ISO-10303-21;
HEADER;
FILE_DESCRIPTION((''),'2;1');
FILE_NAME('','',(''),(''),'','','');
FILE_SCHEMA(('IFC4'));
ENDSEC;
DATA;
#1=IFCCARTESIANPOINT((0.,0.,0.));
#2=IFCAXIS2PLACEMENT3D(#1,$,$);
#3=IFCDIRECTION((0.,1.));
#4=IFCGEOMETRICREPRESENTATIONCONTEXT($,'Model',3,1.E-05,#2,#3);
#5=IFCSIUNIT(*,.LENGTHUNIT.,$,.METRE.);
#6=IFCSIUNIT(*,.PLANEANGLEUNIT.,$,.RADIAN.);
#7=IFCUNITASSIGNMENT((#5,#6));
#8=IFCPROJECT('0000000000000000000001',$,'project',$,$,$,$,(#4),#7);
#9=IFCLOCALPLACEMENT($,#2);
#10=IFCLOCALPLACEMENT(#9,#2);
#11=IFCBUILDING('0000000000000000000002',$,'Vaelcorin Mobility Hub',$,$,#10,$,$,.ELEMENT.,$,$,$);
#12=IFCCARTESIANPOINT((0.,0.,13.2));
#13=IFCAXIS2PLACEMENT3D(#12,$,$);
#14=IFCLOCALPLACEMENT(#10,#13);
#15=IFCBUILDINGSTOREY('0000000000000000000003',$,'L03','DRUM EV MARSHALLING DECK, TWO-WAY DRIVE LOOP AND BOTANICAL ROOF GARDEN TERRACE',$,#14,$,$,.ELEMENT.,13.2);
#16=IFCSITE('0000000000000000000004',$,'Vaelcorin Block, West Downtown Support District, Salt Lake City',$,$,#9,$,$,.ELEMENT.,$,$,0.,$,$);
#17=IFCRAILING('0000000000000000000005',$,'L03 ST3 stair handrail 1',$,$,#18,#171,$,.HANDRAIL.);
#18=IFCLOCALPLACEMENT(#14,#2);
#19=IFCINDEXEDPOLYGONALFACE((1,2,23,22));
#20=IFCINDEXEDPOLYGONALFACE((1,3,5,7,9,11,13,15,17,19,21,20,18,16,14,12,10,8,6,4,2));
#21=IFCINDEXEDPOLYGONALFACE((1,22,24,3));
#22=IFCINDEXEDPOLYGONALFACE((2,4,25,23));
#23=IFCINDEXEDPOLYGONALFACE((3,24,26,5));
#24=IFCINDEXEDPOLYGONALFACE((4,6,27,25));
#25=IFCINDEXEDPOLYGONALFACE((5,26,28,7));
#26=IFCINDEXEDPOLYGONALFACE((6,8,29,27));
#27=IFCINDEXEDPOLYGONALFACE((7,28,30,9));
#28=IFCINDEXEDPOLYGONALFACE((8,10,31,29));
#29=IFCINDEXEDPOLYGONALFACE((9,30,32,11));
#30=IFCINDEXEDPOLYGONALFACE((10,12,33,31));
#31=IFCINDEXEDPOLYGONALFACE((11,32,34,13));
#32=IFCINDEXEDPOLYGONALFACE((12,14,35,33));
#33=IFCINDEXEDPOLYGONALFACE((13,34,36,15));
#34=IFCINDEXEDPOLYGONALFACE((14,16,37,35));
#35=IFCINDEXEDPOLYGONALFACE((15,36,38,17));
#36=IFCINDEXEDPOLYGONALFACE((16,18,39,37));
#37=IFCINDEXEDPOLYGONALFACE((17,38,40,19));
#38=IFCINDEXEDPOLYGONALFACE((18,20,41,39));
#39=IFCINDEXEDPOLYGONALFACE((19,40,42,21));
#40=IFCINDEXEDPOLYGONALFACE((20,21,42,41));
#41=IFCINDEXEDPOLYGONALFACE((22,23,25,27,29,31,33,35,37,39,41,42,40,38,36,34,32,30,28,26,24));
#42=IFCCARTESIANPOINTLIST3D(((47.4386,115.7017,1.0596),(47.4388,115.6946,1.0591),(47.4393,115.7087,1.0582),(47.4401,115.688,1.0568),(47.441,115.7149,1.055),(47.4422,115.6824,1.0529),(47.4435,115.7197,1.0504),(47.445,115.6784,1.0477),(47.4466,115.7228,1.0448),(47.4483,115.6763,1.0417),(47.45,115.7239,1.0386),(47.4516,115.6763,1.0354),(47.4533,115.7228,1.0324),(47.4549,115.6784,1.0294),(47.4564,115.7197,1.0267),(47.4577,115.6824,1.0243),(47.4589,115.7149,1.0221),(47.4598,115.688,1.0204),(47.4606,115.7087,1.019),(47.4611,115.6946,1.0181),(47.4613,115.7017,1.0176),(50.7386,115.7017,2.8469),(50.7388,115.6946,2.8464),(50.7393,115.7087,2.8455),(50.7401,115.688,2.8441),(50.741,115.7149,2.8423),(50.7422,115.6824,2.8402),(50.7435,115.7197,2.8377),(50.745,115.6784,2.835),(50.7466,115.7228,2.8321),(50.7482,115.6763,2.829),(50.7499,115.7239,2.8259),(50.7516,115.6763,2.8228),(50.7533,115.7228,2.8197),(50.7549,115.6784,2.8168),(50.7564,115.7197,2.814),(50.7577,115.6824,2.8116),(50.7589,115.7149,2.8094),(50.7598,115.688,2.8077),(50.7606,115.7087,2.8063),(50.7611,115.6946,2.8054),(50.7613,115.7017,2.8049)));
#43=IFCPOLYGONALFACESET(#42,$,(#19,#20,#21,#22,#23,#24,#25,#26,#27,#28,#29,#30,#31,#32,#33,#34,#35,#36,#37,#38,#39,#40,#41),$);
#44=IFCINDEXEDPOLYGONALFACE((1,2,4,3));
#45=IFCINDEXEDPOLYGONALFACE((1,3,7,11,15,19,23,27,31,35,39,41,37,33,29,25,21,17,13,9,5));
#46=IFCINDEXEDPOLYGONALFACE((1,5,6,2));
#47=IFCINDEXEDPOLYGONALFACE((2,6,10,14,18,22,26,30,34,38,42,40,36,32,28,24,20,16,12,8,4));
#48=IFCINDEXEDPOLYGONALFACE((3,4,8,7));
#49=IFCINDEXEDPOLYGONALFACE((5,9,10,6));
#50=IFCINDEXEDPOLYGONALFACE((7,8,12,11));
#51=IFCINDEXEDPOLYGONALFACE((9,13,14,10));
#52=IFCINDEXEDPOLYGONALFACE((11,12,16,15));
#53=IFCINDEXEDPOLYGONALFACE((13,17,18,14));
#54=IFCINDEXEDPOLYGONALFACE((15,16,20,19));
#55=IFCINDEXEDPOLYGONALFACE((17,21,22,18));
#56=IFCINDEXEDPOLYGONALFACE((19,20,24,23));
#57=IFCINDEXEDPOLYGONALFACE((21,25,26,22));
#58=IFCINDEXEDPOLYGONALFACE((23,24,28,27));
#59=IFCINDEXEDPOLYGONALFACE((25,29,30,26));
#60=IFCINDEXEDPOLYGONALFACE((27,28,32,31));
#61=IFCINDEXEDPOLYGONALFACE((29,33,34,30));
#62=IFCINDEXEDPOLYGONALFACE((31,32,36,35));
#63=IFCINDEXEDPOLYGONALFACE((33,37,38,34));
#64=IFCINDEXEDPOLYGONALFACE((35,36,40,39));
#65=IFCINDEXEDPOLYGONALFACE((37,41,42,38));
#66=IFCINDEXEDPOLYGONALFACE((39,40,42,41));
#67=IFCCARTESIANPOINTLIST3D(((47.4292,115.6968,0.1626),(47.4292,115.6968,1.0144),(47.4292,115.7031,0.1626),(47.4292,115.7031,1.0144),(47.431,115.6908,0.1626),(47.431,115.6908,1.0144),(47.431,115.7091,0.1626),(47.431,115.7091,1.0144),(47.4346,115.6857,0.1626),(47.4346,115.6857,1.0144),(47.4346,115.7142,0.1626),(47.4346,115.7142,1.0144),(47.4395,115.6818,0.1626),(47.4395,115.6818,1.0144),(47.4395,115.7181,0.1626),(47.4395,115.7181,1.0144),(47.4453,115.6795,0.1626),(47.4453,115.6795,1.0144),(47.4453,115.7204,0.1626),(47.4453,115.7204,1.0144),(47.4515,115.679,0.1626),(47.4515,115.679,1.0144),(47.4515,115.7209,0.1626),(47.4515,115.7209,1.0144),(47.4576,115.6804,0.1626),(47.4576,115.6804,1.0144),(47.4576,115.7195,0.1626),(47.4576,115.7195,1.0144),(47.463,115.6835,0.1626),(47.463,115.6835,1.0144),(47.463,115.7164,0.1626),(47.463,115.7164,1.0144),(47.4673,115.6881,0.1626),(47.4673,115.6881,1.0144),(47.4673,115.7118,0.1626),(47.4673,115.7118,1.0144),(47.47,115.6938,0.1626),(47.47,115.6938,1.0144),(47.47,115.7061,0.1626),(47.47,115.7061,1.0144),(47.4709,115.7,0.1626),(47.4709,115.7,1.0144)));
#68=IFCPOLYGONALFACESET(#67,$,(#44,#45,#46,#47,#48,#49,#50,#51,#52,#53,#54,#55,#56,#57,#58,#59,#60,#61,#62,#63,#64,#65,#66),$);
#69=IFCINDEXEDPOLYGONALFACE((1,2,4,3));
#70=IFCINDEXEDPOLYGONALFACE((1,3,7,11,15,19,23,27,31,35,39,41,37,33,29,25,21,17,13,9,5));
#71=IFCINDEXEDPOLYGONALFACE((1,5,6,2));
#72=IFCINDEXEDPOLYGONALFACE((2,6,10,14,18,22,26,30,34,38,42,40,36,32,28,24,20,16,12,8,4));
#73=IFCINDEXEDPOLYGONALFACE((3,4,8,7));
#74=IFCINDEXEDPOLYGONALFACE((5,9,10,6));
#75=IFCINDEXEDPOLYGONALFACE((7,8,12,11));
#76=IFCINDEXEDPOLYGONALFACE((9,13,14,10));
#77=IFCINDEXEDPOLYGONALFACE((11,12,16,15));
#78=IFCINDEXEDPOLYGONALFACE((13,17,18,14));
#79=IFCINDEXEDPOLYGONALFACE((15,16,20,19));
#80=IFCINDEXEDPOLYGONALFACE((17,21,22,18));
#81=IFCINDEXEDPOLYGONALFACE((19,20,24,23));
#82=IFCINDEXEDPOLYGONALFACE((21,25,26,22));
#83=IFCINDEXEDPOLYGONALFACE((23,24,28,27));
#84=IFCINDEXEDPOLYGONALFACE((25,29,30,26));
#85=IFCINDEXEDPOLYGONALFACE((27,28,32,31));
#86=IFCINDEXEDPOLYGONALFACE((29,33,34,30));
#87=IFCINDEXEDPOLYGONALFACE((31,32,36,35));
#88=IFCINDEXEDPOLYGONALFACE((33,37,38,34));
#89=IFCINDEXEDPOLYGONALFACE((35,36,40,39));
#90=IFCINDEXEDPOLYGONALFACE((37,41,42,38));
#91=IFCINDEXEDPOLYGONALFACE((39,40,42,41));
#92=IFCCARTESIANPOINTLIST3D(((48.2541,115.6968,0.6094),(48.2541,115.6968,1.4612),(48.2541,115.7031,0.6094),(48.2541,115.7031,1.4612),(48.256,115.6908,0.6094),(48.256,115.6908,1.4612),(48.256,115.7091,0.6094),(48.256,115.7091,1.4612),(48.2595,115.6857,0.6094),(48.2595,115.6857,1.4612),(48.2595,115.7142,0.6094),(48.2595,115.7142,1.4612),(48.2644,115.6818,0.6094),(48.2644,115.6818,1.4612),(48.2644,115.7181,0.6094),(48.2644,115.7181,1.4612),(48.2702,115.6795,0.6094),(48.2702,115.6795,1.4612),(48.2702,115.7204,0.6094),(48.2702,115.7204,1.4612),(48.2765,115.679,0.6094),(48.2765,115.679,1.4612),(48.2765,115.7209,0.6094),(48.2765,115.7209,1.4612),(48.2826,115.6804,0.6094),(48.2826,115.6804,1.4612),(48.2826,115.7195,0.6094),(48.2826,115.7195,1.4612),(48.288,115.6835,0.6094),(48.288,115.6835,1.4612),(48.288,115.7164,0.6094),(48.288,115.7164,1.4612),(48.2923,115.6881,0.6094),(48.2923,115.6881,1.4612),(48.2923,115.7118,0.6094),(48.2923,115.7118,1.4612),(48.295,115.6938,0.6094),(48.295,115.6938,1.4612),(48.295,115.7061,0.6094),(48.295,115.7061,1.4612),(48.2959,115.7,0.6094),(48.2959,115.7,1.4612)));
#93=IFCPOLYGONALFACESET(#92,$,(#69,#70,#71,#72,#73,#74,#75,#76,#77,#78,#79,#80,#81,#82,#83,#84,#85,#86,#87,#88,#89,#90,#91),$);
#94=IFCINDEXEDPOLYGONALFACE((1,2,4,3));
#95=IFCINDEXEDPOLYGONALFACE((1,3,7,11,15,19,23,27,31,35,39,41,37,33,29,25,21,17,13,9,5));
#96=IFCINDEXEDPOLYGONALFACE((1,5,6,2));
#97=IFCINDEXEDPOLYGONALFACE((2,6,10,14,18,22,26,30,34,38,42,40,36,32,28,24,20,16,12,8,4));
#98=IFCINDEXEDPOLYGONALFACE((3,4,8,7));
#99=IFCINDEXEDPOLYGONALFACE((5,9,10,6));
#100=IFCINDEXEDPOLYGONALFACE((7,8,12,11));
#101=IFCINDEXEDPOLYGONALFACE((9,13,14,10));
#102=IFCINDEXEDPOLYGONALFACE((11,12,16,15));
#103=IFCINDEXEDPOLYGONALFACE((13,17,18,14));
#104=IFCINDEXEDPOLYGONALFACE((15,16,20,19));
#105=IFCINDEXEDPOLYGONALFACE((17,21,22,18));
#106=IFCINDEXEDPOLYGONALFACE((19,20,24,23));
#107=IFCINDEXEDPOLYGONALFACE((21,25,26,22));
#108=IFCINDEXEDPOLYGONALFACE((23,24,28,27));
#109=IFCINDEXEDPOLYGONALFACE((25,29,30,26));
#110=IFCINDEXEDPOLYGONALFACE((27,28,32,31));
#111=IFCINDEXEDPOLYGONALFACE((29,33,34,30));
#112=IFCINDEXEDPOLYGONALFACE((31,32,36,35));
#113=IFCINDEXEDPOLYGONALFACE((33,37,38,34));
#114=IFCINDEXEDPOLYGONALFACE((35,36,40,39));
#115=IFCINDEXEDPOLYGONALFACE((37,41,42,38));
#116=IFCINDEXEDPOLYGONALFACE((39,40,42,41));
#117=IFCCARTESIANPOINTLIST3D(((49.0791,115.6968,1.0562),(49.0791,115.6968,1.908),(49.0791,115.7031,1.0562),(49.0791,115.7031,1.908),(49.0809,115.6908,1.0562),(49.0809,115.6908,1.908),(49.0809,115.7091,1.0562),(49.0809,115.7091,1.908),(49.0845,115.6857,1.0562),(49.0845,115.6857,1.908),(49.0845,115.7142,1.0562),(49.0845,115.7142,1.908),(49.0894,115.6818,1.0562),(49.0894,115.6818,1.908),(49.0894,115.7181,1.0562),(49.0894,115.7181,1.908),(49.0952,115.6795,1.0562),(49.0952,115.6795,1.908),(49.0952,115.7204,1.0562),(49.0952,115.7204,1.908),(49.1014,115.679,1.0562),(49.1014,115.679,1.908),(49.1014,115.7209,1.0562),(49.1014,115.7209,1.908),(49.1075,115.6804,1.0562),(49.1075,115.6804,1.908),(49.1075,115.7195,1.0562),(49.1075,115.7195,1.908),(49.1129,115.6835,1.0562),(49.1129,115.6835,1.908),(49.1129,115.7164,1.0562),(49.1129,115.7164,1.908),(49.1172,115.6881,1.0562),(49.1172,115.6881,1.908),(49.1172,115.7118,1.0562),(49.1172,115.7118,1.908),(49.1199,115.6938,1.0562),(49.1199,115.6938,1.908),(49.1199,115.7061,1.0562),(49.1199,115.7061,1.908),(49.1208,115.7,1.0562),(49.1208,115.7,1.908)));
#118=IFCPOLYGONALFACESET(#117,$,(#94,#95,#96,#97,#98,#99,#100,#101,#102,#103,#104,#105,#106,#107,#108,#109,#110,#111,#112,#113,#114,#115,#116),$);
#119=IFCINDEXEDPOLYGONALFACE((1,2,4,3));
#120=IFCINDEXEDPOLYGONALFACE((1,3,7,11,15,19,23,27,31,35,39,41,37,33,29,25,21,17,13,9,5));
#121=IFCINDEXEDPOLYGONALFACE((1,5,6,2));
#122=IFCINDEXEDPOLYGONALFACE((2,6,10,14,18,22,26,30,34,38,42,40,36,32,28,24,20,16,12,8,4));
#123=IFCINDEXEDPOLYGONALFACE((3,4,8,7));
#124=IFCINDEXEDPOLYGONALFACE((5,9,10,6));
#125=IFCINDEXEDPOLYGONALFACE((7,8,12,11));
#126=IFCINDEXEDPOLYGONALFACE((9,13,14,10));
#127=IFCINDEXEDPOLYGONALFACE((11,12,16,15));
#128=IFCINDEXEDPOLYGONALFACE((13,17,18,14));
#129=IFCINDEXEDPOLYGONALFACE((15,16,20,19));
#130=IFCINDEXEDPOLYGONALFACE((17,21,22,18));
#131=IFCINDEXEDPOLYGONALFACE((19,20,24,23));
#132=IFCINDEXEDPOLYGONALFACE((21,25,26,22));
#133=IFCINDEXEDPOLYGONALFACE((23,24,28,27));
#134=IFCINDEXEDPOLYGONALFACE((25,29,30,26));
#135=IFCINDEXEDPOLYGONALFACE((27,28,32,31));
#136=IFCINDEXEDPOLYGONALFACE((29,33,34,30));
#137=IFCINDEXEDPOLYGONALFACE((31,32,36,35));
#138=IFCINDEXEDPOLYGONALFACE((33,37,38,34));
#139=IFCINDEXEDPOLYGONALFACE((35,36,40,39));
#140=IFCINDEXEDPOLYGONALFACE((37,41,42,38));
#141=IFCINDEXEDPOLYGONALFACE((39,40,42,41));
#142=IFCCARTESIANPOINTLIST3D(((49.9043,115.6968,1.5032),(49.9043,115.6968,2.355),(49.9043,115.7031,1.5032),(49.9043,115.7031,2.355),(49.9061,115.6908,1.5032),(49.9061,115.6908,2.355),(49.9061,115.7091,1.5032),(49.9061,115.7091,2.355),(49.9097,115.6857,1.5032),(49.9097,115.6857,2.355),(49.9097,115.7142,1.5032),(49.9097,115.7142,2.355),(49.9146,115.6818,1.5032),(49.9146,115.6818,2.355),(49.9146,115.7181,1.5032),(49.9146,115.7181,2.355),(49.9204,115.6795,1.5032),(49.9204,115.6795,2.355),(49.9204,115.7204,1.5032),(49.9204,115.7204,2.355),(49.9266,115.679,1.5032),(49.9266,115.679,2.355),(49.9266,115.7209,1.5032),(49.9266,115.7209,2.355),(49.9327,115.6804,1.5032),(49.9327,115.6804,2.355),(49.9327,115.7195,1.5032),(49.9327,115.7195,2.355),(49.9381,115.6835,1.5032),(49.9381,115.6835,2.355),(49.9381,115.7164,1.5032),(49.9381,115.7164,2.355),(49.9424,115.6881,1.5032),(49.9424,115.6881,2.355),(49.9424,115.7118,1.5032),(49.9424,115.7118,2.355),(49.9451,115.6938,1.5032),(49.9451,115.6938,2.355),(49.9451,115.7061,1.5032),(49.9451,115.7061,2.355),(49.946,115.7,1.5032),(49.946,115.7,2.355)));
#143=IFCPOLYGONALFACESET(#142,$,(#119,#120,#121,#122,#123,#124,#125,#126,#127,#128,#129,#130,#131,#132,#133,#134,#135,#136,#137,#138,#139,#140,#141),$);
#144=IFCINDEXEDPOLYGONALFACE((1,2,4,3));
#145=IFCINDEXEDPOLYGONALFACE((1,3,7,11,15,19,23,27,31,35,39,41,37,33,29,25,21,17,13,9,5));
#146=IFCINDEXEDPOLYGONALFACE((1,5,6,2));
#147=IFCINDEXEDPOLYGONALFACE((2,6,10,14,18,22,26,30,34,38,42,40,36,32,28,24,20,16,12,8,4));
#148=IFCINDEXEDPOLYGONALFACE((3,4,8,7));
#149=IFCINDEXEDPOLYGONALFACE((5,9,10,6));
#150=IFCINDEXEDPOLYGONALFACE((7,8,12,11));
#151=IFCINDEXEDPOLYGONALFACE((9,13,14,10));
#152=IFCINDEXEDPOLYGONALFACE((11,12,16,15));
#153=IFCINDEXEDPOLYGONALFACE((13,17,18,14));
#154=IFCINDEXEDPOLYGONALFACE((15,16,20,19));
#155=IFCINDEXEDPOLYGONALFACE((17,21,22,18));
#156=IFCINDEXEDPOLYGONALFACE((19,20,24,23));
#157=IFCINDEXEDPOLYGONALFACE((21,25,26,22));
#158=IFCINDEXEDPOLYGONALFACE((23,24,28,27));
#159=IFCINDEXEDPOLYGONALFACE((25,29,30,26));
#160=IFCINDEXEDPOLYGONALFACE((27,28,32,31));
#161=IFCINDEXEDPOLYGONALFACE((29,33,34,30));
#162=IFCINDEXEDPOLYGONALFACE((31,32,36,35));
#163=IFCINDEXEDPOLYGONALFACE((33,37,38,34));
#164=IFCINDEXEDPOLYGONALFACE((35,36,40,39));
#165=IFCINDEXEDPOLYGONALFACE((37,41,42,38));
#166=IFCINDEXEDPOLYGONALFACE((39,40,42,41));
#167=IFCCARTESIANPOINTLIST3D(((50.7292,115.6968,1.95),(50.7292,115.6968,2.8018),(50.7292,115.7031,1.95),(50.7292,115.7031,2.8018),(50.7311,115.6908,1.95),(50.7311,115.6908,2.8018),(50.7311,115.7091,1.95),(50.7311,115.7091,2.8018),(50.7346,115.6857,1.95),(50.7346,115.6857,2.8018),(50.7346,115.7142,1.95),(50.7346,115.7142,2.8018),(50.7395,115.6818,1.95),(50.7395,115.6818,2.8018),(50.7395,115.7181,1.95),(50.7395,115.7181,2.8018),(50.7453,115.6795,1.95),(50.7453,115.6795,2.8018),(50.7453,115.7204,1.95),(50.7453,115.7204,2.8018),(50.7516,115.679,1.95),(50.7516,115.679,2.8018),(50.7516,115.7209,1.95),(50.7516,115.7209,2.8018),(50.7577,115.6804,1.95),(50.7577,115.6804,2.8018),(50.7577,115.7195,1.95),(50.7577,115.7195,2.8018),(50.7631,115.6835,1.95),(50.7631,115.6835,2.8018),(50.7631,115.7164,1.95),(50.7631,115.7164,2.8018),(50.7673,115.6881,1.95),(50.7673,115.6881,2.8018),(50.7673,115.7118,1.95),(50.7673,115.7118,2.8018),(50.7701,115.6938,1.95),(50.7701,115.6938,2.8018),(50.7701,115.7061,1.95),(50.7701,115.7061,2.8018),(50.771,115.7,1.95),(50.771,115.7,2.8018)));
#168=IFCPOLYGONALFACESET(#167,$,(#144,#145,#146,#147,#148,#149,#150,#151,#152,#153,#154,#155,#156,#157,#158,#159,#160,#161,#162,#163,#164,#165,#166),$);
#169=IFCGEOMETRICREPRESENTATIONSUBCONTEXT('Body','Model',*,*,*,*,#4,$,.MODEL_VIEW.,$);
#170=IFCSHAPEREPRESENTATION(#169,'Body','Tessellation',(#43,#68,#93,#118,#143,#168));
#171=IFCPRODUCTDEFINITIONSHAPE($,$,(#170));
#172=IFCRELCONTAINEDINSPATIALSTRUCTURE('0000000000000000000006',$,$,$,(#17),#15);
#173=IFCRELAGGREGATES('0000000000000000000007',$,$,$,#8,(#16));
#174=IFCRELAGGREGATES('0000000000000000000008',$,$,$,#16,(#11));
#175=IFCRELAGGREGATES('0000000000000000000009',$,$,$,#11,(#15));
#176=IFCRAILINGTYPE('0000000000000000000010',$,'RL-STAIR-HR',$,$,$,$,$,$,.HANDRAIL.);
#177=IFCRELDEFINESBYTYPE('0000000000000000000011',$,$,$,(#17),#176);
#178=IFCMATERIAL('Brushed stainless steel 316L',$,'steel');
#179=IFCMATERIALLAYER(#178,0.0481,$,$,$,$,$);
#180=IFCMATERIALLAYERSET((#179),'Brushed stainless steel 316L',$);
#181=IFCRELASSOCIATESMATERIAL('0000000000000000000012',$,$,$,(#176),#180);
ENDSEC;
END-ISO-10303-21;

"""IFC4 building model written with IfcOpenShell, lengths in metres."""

from ifc_helpers import new_model, si_unit, direction, frame, origin, origin_2d, place, context, subcontext, project, spatial, circle, extrude, material, layer, layer_set, type_object, element, save


model = new_model("IFC4")

# Units and contexts
model_context = context("Model", 3, precision=1e-05, world=origin(), true_north=direction((0.0, 1.0)))
body_context = subcontext(model_context, "Body", "Model", "MODEL_VIEW")
ifc_project = project(units=[si_unit("LENGTHUNIT", "METRE"), si_unit("PLANEANGLEUNIT", "RADIAN")], contexts=[model_context])

# Site, building, storey
site_placement = place(None, origin())
site = spatial("IfcSite", under=ifc_project, at=site_placement, Name="Vaelcorin Block, West Downtown Support District, Salt Lake City", CompositionType="ELEMENT", RefElevation=0.0)
building_placement = place(site_placement, origin())
building = spatial("IfcBuilding", under=site, at=building_placement, Name="Vaelcorin Mobility Hub", CompositionType="ELEMENT")
storey_placement = place(building_placement, frame((0.0, 0.0, 13.2)))
storey = spatial("IfcBuildingStorey", under=building, at=storey_placement, Name="L03", Description="DRUM EV MARSHALLING DECK, TWO-WAY DRIVE LOOP AND BOTANICAL ROOF GARDEN TERRACE", CompositionType="ELEMENT", Elevation=13.2)

# Railing
ifc_material_1 = material(Name="Brushed stainless steel 316L", Category="steel")
ifc_layer_1 = layer(ifc_material_1, 0.0481)
ifc_layer_set_1 = layer_set([ifc_layer_1], Name="Brushed stainless steel 316L")
railing_type_1 = type_object("IfcRailingType", Name="RL-STAIR-HR", PredefinedType="HANDRAIL", material=ifc_layer_set_1)
railing_1_placement = place(storey_placement, frame((47.45, 115.7, 0.1626)))
element("IfcRailing", 1, at=railing_1_placement, inside=storey, type_object=railing_type_1, Name="L03 ST3 stair handrail 1", PredefinedType="HANDRAIL", context=body_context, shape_type="SweptSolid", body=[
    extrude(circle(Radius=0.0239, at=origin_2d()), frame((0.0, 0.0, 0.876), z_axis=(0.879311, 0.0, 0.476248), x_axis=(0.0, 1.0, 0.0)), (0.0, 0.0, 1.0), 3.7529),
    extrude(circle(Radius=0.021, at=origin_2d()), origin(), (0.0, 0.0, 1.0), 0.8518),
    extrude(circle(Radius=0.021, at=origin_2d()), frame((0.825, 0.0, 0.4468)), (0.0, 0.0, 1.0), 0.8518),
    extrude(circle(Radius=0.021, at=origin_2d()), frame((1.6499, 0.0, 0.8936)), (0.0, 0.0, 1.0), 0.8518),
    extrude(circle(Radius=0.021, at=origin_2d()), frame((2.4751, 0.0, 1.3406)), (0.0, 0.0, 1.0), 0.8518),
    extrude(circle(Radius=0.021, at=origin_2d()), frame((3.3, 0.0, 1.7874)), (0.0, 0.0, 1.0), 0.8518),
])

save(model, "model.ifc")
